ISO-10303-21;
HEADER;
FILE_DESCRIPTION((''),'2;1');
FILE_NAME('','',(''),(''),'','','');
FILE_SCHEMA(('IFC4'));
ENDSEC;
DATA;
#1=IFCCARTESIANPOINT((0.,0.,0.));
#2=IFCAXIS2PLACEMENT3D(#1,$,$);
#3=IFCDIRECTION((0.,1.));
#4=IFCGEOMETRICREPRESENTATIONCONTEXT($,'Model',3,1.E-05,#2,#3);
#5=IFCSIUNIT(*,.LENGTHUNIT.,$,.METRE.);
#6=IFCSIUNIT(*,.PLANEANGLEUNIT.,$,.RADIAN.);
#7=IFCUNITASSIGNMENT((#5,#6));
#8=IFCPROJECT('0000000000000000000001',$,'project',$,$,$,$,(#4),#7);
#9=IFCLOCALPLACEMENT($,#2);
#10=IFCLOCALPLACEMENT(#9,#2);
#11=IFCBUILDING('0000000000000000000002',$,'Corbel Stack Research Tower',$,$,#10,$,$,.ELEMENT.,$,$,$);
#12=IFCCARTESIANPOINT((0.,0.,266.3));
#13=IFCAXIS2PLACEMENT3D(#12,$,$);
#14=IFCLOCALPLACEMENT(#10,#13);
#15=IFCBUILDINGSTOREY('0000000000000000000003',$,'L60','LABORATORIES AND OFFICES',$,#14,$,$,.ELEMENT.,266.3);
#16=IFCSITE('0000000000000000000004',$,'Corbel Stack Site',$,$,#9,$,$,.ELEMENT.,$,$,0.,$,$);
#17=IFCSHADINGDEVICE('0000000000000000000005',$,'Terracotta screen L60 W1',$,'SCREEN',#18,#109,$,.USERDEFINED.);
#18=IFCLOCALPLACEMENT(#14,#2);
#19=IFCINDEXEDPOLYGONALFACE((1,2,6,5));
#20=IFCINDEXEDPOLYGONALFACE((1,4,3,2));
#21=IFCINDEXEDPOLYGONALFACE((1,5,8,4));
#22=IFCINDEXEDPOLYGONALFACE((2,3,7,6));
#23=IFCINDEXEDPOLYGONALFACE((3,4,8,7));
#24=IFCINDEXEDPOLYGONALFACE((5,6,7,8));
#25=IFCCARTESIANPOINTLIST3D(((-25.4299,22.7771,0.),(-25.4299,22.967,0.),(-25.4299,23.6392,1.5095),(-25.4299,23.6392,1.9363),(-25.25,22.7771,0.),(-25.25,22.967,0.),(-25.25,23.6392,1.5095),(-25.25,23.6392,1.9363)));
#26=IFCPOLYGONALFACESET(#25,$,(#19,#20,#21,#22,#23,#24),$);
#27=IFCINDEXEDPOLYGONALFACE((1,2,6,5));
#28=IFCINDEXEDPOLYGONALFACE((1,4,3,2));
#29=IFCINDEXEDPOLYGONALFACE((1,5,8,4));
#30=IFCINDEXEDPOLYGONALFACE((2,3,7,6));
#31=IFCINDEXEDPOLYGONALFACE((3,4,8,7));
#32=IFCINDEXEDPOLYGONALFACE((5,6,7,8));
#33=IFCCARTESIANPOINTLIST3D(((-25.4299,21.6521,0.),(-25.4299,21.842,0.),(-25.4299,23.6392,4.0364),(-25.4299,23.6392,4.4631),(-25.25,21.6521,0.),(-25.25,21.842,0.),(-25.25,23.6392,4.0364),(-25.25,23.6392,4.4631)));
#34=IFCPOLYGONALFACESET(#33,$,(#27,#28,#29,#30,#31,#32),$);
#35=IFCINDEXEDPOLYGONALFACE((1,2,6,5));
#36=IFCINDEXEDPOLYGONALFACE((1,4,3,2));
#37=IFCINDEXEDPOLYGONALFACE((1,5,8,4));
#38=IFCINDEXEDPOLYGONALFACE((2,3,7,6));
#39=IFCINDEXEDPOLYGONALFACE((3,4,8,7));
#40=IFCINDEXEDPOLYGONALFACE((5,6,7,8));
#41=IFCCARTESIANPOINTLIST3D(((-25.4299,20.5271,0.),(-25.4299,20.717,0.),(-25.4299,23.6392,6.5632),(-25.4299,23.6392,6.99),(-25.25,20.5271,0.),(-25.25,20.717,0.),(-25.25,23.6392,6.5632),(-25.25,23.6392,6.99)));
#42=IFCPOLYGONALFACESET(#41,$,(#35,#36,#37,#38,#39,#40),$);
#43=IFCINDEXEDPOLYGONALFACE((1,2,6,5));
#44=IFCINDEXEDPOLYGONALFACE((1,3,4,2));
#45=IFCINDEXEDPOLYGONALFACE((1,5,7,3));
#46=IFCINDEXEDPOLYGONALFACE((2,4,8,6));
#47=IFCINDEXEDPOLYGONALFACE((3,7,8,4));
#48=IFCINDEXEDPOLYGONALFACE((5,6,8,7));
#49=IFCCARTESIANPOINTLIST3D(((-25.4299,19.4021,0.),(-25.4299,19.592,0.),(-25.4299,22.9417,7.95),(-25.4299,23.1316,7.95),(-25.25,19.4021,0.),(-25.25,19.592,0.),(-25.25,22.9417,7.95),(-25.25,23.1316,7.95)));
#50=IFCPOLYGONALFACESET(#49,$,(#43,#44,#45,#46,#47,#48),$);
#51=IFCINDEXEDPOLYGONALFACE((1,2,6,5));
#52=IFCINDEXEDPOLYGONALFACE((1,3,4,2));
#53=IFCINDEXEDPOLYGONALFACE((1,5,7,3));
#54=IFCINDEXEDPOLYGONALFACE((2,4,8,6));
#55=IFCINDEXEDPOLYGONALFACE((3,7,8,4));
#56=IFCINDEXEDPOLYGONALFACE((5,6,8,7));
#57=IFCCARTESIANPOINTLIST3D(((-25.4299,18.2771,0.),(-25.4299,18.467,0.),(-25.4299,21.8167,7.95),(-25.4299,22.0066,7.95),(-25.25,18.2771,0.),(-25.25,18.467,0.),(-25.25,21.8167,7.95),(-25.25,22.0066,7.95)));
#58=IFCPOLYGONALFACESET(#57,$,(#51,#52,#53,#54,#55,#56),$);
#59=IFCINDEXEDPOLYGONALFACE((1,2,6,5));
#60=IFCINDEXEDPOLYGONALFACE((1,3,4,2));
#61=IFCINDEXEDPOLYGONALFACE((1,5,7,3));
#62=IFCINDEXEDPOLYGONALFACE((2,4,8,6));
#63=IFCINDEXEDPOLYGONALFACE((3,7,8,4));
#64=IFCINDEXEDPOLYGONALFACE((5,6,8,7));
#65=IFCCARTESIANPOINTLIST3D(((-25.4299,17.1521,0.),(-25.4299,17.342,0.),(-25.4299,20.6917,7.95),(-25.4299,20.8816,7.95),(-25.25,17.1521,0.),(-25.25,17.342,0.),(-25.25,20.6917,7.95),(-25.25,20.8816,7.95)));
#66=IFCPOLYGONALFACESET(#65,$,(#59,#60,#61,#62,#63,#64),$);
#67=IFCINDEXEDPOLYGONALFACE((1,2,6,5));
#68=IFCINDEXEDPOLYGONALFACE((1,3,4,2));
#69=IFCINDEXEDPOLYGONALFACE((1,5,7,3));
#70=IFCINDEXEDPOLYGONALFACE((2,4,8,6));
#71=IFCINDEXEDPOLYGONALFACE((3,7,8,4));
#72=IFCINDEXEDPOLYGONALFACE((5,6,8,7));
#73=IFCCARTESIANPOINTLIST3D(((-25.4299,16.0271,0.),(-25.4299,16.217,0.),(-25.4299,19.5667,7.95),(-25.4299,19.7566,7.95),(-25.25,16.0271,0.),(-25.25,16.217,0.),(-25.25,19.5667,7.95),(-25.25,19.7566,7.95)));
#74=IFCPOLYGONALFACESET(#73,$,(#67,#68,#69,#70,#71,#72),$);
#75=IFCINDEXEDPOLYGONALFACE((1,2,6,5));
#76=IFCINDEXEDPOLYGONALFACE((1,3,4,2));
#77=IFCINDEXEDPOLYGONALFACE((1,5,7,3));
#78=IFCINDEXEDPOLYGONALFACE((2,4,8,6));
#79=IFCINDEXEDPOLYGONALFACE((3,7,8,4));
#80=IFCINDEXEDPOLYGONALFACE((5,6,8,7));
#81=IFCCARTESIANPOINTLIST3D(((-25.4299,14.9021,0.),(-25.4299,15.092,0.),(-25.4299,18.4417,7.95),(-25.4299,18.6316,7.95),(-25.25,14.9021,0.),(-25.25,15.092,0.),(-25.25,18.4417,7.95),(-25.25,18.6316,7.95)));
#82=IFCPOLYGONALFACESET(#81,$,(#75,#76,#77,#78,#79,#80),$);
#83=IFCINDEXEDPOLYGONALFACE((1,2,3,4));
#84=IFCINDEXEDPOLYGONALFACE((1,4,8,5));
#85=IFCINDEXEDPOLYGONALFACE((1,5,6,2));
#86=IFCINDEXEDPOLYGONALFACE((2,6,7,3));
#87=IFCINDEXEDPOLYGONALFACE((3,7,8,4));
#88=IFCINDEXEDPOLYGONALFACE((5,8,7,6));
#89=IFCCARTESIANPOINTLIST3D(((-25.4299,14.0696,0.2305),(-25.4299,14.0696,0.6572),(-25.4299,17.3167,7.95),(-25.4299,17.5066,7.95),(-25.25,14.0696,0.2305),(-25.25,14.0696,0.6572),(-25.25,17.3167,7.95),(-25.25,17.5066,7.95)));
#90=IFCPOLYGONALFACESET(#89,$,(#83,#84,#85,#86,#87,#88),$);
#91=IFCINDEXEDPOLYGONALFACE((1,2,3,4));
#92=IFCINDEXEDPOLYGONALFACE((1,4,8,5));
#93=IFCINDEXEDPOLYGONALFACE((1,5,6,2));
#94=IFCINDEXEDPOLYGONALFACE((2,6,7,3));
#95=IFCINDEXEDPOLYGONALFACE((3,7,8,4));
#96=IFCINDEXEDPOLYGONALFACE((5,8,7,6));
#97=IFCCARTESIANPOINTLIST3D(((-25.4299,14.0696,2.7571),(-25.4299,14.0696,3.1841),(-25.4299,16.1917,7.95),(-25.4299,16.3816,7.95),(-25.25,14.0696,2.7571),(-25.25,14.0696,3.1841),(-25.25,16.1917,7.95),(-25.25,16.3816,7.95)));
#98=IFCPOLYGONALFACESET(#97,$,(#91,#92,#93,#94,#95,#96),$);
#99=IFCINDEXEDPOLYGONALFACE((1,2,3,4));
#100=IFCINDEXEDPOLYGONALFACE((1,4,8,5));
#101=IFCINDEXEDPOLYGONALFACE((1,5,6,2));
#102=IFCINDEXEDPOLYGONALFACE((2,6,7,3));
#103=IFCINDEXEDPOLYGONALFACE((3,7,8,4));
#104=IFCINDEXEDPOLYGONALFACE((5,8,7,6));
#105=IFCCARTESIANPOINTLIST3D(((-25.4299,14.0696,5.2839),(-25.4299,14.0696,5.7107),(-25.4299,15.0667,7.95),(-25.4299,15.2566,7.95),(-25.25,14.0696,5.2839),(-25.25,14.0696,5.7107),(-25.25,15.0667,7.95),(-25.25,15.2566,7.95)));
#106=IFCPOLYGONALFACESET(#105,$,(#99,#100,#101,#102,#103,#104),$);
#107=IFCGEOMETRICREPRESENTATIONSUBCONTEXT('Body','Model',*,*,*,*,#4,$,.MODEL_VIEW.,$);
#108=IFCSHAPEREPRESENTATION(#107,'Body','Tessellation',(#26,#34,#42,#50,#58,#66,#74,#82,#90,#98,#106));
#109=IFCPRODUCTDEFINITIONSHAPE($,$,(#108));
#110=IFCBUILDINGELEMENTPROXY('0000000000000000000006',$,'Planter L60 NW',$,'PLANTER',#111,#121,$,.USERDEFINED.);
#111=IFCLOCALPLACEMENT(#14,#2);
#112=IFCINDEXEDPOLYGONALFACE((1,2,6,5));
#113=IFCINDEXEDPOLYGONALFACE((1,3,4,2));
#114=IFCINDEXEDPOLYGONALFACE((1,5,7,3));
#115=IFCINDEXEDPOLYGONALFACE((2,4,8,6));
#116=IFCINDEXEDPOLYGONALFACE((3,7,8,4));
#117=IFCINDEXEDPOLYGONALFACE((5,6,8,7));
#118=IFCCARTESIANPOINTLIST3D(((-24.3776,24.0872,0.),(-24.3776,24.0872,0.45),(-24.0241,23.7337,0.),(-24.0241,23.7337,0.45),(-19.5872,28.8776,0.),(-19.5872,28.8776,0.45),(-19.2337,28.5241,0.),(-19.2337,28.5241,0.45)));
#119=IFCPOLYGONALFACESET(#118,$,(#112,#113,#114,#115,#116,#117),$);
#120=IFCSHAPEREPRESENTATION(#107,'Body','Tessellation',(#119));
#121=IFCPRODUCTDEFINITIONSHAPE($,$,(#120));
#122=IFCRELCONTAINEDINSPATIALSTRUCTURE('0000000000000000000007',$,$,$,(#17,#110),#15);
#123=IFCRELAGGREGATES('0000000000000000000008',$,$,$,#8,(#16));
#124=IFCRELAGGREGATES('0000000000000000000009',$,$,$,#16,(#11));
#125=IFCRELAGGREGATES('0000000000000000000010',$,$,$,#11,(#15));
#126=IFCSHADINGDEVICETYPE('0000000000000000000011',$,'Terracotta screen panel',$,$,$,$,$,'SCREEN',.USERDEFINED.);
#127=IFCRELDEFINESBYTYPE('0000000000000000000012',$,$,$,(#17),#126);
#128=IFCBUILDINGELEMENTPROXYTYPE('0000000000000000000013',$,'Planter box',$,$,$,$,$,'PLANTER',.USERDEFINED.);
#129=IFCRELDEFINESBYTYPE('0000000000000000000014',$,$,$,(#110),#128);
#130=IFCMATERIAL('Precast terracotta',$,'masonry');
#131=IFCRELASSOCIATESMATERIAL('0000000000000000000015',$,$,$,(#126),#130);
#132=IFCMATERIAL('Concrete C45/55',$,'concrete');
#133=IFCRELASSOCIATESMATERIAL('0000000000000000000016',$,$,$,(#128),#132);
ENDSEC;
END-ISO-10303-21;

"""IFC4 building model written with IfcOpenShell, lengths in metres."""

from ifc_helpers import new_model, si_unit, direction, frame, origin, origin_2d, place, context, subcontext, project, spatial, polyline, rectangle, outline, extrude, source, transform, mapped, material, type_object, element, save


model = new_model("IFC4")

# Units and contexts
model_context = context("Model", 3, precision=1e-05, world=origin(), true_north=direction((0.0, 1.0)))
body_context = subcontext(model_context, "Body", "Model", "MODEL_VIEW")
ifc_project = project(units=[si_unit("LENGTHUNIT", "METRE"), si_unit("PLANEANGLEUNIT", "RADIAN")], contexts=[model_context])

# Site, building, storey
site_placement = place(None, origin())
site = spatial("IfcSite", under=ifc_project, at=site_placement, Name="Corbel Stack Site", CompositionType="ELEMENT", RefElevation=0.0)
building_placement = place(site_placement, origin())
building = spatial("IfcBuilding", under=site, at=building_placement, Name="Corbel Stack Research Tower", CompositionType="ELEMENT")
storey_placement = place(building_placement, frame((0.0, 0.0, 266.3)))
storey = spatial("IfcBuildingStorey", under=building, at=storey_placement, Name="L60", Description="LABORATORIES AND OFFICES", CompositionType="ELEMENT", Elevation=266.3)

# Shading device
ifc_material_1 = material(Name="Precast terracotta", Category="masonry")
shading_device_type = type_object("IfcShadingDeviceType", Name="Terracotta screen panel", ElementType="SCREEN", PredefinedType="USERDEFINED", material=ifc_material_1)
shared_shape_1 = source(origin(), body_context, "Body", "SweptSolid", [
    extrude(outline(polyline([(0.8621, 0.0), (0.0, 1.9363), (0.0, 1.5095), (0.6721, 0.0), (0.8621, 0.0)])), frame((0.0, 0.0, 0.0), z_axis=(0.0, -1.0, 0.0), x_axis=(1.0, 0.0, 0.0)), (0.0, 0.0, 1.0), 0.1799),
    extrude(outline(polyline([(1.9871, 0.0), (0.0, 4.4631), (0.0, 4.0364), (1.7971, 0.0), (1.9871, 0.0)])), frame((0.0, 0.0, 0.0), z_axis=(0.0, -1.0, 0.0), x_axis=(1.0, 0.0, 0.0)), (0.0, 0.0, 1.0), 0.1799),
    extrude(outline(polyline([(3.1121, 0.0), (0.0, 6.99), (0.0, 6.5632), (2.9221, 0.0), (3.1121, 0.0)])), frame((0.0, 0.0, 0.0), z_axis=(0.0, -1.0, 0.0), x_axis=(1.0, 0.0, 0.0)), (0.0, 0.0, 1.0), 0.1799),
    extrude(outline(polyline([(4.2371, 0.0), (0.6975, 7.95), (0.5076, 7.95), (4.0471, 0.0), (4.2371, 0.0)])), frame((0.0, 0.0, 0.0), z_axis=(0.0, -1.0, 0.0), x_axis=(1.0, 0.0, 0.0)), (0.0, 0.0, 1.0), 0.1799),
    extrude(outline(polyline([(5.3621, 0.0), (1.8225, 7.95), (1.6326, 7.95), (5.1721, 0.0), (5.3621, 0.0)])), frame((0.0, 0.0, 0.0), z_axis=(0.0, -1.0, 0.0), x_axis=(1.0, 0.0, 0.0)), (0.0, 0.0, 1.0), 0.1799),
    extrude(outline(polyline([(6.4871, 0.0), (2.9475, 7.95), (2.7576, 7.95), (6.2971, 0.0), (6.4871, 0.0)])), frame((0.0, 0.0, 0.0), z_axis=(0.0, -1.0, 0.0), x_axis=(1.0, 0.0, 0.0)), (0.0, 0.0, 1.0), 0.1799),
    extrude(outline(polyline([(7.6121, 0.0), (4.0725, 7.95), (3.8826, 7.95), (7.4221, 0.0), (7.6121, 0.0)])), frame((0.0, 0.0, 0.0), z_axis=(0.0, -1.0, 0.0), x_axis=(1.0, 0.0, 0.0)), (0.0, 0.0, 1.0), 0.1799),
    extrude(outline(polyline([(8.7371, 0.0), (5.1975, 7.95), (5.0076, 7.95), (8.5471, 0.0), (8.7371, 0.0)])), frame((0.0, 0.0, 0.0), z_axis=(0.0, -1.0, 0.0), x_axis=(1.0, 0.0, 0.0)), (0.0, 0.0, 1.0), 0.1799),
    extrude(outline(polyline([(6.3225, 7.95), (6.1326, 7.95), (9.5696, 0.2305), (9.5696, 0.6572), (6.3225, 7.95)])), frame((0.0, 0.0, 0.0), z_axis=(0.0, -1.0, 0.0), x_axis=(1.0, 0.0, 0.0)), (0.0, 0.0, 1.0), 0.1799),
    extrude(outline(polyline([(7.4475, 7.95), (7.2576, 7.95), (9.5696, 2.7571), (9.5696, 3.1841), (7.4475, 7.95)])), frame((0.0, 0.0, 0.0), z_axis=(0.0, -1.0, 0.0), x_axis=(1.0, 0.0, 0.0)), (0.0, 0.0, 1.0), 0.1799),
    extrude(outline(polyline([(8.5725, 7.95), (8.3826, 7.95), (9.5696, 5.2839), (9.5696, 5.7107), (8.5725, 7.95)])), frame((0.0, 0.0, 0.0), z_axis=(0.0, -1.0, 0.0), x_axis=(1.0, 0.0, 0.0)), (0.0, 0.0, 1.0), 0.1799),
])
shading_device_1_placement = place(storey_placement, frame((-25.25, 23.6392, 0.0), z_axis=(0.0, 0.0, 1.0), x_axis=(0.0, -1.0, 0.0)))
element("IfcShadingDevice", 1, at=shading_device_1_placement, inside=storey, type_object=shading_device_type, Name="Terracotta screen L60 W1", ObjectType="SCREEN", PredefinedType="USERDEFINED", context=body_context, shape_type="MappedRepresentation", body=[
    mapped(shared_shape_1, transform((0.0, 0.0, 0.0))),
])

# Building element proxy
ifc_material_2 = material(Name="Concrete C45/55", Category="concrete")
building_element_proxy_type = type_object("IfcBuildingElementProxyType", Name="Planter box", ElementType="PLANTER", PredefinedType="USERDEFINED", material=ifc_material_2)
proxy_placement = place(storey_placement, frame((-21.8057, 26.3057, 0.0), z_axis=(0.0, 0.0, 1.0), x_axis=(-0.707107, -0.707107, 0.0)))
element("IfcBuildingElementProxy", 2, at=proxy_placement, inside=storey, type_object=building_element_proxy_type, Name="Planter L60 NW", ObjectType="PLANTER", PredefinedType="USERDEFINED", context=body_context, shape_type="SweptSolid", body=[
    extrude(rectangle(XDim=6.7747, YDim=0.5, at=origin_2d()), origin(), (0.0, 0.0, 1.0), 0.45),
])

save(model, "model.ifc")
